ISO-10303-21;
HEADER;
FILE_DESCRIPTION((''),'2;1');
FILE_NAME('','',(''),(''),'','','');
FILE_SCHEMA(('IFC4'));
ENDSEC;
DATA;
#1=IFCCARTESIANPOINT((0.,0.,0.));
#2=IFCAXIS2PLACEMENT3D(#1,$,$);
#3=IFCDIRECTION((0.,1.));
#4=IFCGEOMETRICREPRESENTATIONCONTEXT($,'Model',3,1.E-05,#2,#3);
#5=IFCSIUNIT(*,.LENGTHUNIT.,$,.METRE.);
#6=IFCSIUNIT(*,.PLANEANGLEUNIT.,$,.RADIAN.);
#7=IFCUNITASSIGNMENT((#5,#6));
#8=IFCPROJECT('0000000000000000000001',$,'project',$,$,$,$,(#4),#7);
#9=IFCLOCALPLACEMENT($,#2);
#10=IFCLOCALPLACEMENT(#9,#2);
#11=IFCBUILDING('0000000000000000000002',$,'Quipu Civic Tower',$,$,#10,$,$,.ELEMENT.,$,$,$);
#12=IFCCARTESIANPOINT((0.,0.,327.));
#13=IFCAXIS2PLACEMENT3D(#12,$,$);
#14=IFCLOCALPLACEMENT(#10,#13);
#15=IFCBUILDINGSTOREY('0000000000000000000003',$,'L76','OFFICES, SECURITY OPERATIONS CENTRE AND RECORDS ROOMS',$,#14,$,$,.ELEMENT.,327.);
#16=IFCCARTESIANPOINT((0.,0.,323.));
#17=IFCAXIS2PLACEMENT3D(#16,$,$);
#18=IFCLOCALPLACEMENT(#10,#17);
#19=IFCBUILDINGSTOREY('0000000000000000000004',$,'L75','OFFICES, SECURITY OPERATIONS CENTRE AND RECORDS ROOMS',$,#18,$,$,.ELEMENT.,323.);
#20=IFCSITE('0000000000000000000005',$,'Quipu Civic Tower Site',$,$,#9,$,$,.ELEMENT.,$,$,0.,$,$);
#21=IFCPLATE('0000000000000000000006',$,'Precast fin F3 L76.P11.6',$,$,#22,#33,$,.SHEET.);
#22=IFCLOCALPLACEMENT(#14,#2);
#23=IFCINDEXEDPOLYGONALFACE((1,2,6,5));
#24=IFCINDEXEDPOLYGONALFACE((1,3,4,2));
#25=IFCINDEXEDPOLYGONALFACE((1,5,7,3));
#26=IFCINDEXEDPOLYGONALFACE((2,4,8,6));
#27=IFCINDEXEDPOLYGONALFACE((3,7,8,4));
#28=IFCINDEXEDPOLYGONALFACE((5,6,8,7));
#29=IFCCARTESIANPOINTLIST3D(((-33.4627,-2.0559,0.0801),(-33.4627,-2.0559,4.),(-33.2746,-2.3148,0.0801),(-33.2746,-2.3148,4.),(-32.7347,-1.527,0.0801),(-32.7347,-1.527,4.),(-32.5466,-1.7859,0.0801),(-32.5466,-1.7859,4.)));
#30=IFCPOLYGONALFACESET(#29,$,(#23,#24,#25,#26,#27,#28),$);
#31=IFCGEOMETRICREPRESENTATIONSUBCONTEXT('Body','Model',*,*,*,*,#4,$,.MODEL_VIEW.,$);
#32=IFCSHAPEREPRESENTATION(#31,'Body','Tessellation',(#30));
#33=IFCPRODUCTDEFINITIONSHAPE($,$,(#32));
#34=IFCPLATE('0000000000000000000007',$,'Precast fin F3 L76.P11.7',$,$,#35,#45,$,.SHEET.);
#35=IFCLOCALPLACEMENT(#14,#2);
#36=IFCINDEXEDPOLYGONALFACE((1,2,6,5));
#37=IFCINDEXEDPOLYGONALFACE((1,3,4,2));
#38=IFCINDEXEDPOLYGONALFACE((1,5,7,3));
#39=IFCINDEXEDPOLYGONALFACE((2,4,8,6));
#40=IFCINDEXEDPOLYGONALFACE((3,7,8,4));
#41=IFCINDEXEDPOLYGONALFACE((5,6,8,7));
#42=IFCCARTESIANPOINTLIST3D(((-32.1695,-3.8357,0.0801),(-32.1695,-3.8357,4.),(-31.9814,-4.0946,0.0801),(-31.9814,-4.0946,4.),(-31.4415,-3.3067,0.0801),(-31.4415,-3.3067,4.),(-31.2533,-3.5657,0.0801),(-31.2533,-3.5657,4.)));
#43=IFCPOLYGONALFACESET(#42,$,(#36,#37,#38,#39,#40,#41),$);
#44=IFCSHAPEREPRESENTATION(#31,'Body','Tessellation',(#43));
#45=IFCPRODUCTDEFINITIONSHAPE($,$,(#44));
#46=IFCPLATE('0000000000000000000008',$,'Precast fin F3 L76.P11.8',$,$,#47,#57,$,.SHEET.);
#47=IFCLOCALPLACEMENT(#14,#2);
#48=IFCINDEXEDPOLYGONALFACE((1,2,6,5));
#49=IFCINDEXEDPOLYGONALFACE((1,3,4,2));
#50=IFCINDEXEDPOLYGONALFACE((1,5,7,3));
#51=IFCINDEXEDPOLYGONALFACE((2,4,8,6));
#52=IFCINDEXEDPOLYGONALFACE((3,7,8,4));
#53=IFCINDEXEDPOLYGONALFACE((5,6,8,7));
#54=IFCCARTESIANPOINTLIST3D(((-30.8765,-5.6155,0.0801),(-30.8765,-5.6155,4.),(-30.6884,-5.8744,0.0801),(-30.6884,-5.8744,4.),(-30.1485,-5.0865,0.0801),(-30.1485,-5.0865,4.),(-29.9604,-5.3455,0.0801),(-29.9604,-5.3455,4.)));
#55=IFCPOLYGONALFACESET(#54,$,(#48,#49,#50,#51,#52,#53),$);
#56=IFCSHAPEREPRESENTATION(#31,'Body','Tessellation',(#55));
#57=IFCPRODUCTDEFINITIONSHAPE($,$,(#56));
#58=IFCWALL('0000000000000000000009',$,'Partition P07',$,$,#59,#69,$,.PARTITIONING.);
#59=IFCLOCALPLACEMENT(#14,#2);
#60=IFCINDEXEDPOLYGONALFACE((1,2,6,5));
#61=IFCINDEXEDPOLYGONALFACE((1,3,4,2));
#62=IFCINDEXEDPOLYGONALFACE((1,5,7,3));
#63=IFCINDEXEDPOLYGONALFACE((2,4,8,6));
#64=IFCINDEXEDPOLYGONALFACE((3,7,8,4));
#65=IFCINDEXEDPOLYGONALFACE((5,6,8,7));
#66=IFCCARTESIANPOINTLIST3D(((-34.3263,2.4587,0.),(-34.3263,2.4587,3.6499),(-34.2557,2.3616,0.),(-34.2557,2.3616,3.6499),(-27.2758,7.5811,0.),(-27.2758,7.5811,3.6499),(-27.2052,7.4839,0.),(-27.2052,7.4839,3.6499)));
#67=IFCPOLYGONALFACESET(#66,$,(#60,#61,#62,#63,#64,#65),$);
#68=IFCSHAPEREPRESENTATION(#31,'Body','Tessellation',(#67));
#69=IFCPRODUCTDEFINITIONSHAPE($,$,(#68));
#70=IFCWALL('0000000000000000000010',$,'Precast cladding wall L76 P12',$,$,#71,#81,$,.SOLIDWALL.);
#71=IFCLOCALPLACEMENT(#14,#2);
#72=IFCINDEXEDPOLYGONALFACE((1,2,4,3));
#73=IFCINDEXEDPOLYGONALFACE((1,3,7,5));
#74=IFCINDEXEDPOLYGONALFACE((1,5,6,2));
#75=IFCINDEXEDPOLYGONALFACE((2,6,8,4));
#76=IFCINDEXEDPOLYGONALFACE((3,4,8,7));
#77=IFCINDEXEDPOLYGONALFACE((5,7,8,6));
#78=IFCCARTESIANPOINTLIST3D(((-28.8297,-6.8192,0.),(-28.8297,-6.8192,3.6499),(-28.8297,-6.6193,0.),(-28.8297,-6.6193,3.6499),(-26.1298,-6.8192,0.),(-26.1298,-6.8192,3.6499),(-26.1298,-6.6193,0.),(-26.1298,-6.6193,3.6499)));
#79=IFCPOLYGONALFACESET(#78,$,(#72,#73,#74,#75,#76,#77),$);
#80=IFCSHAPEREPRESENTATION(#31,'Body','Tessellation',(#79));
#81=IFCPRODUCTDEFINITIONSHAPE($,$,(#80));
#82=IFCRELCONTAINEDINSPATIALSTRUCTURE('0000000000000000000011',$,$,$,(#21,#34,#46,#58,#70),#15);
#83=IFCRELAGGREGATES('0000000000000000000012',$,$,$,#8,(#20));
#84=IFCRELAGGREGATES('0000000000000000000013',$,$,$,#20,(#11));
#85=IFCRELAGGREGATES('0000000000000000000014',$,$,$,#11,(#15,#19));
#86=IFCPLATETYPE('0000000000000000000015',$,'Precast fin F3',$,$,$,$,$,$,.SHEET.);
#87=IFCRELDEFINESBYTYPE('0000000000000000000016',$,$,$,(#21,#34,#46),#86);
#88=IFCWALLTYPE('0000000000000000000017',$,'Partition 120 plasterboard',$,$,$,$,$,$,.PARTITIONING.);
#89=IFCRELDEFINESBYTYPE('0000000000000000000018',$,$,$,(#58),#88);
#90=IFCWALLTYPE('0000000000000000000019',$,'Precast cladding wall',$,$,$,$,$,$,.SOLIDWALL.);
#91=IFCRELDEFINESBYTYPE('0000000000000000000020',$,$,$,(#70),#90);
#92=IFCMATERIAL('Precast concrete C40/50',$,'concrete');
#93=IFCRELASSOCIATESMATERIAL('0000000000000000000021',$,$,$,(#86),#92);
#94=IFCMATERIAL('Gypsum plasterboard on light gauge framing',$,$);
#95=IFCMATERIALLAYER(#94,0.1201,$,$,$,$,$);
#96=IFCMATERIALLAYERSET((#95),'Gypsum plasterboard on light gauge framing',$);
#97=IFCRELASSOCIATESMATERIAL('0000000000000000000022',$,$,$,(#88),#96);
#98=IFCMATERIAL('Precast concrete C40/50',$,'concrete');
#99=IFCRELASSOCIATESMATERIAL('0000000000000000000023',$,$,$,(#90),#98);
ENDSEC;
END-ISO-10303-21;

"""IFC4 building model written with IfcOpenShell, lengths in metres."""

from ifc_helpers import new_model, si_unit, direction, frame, frame_2d, origin, origin_2d, place, context, subcontext, project, spatial, rectangle, extrude, material, layer, layer_set, type_object, element, save


model = new_model("IFC4")

# Units and contexts
model_context = context("Model", 3, precision=1e-05, world=origin(), true_north=direction((0.0, 1.0)))
body_context = subcontext(model_context, "Body", "Model", "MODEL_VIEW")
ifc_project = project(units=[si_unit("LENGTHUNIT", "METRE"), si_unit("PLANEANGLEUNIT", "RADIAN")], contexts=[model_context])

# Site, building, storey
site_placement = place(None, origin())
site = spatial("IfcSite", under=ifc_project, at=site_placement, Name="Quipu Civic Tower Site", CompositionType="ELEMENT", RefElevation=0.0)
building_placement = place(site_placement, origin())
building = spatial("IfcBuilding", under=site, at=building_placement, Name="Quipu Civic Tower", CompositionType="ELEMENT")
storey_1_placement = place(building_placement, frame((0.0, 0.0, 327.0)))
storey_1 = spatial("IfcBuildingStorey", under=building, at=storey_1_placement, Name="L76", Description="OFFICES, SECURITY OPERATIONS CENTRE AND RECORDS ROOMS", CompositionType="ELEMENT", Elevation=327.0)

# Shared definitions
storey_2_placement = place(building_placement, frame((0.0, 0.0, 323.0)))
storey_2 = spatial("IfcBuildingStorey", under=building, at=storey_2_placement, Name="L75", Description="OFFICES, SECURITY OPERATIONS CENTRE AND RECORDS ROOMS", CompositionType="ELEMENT", Elevation=323.0)

# Plates
ifc_material_1 = material(Name="Precast concrete C40/50", Category="concrete")
plate_type_1 = type_object("IfcPlateType", Name="Precast fin F3", PredefinedType="SHEET", material=ifc_material_1)
for number, where, z_axis, x_axis, name in (
    (1, (-33.0046, -1.9209, 0.0801), (0.0, 0.0, 1.0), (0.587787, -0.809016, 0.0), "Precast fin F3 L76.P11.6"),
    (2, (-31.7114, -3.7007, 0.0801), (0.0, 0.0, 1.0), (0.587787, -0.809016, 0.0), "Precast fin F3 L76.P11.7"),
    (3, (-30.4185, -5.4805, 0.0801), (0.0, 0.0, 1.0), (0.587787, -0.809016, 0.0), "Precast fin F3 L76.P11.8"),
):
    element("IfcPlate", number, at=place(storey_1_placement, frame(where, z_axis=z_axis, x_axis=x_axis)), inside=storey_1, type_object=plate_type_1, Name=name, PredefinedType="SHEET", context=body_context, shape_type="SweptSolid", body=[
        extrude(rectangle(XDim=0.3201, YDim=0.8999, at=origin_2d()), origin(), (0.0, 0.0, 1.0), 3.9199),
    ])

# Walls
ifc_material_2 = material(Name="Gypsum plasterboard on light gauge framing")
ifc_layer_1 = layer(ifc_material_2, 0.1201)
ifc_layer_set_1 = layer_set([ifc_layer_1], Name="Gypsum plasterboard on light gauge framing")
wall_type_1 = type_object("IfcWallType", Name="Partition 120 plasterboard", PredefinedType="PARTITIONING", material=ifc_layer_set_1)
wall_1_placement = place(storey_1_placement, frame((-34.291, 2.4102, 0.0), z_axis=(0.0, 0.0, 1.0), x_axis=(0.809028, 0.58777, 0.0)))
element("IfcWall", 4, at=wall_1_placement, inside=storey_1, type_object=wall_type_1, Name="Partition P07", PredefinedType="PARTITIONING", context=body_context, shape_type="SweptSolid", body=[
    extrude(rectangle(XDim=8.7148, YDim=0.1201, at=frame_2d((4.3574, 0.0))), origin(), (0.0, 0.0, 1.0), 3.6499),
])
ifc_material_3 = material(Name="Precast concrete C40/50", Category="concrete")
wall_type_2 = type_object("IfcWallType", Name="Precast cladding wall", PredefinedType="SOLIDWALL", material=ifc_material_3)
wall_2_placement = place(storey_1_placement, frame((-28.8298, -6.7192, 0.0), z_axis=(0.0, 0.0, 1.0), x_axis=(1.0, 0.0, 0.0)))
element("IfcWall", 5, at=wall_2_placement, inside=storey_1, type_object=wall_type_2, Name="Precast cladding wall L76 P12", PredefinedType="SOLIDWALL", context=body_context, shape_type="SweptSolid", body=[
    extrude(rectangle(XDim=2.7, YDim=0.2, at=frame_2d((1.3501, 0.0))), origin(), (0.0, 0.0, 1.0), 3.6499),
])

save(model, "model.ifc")
